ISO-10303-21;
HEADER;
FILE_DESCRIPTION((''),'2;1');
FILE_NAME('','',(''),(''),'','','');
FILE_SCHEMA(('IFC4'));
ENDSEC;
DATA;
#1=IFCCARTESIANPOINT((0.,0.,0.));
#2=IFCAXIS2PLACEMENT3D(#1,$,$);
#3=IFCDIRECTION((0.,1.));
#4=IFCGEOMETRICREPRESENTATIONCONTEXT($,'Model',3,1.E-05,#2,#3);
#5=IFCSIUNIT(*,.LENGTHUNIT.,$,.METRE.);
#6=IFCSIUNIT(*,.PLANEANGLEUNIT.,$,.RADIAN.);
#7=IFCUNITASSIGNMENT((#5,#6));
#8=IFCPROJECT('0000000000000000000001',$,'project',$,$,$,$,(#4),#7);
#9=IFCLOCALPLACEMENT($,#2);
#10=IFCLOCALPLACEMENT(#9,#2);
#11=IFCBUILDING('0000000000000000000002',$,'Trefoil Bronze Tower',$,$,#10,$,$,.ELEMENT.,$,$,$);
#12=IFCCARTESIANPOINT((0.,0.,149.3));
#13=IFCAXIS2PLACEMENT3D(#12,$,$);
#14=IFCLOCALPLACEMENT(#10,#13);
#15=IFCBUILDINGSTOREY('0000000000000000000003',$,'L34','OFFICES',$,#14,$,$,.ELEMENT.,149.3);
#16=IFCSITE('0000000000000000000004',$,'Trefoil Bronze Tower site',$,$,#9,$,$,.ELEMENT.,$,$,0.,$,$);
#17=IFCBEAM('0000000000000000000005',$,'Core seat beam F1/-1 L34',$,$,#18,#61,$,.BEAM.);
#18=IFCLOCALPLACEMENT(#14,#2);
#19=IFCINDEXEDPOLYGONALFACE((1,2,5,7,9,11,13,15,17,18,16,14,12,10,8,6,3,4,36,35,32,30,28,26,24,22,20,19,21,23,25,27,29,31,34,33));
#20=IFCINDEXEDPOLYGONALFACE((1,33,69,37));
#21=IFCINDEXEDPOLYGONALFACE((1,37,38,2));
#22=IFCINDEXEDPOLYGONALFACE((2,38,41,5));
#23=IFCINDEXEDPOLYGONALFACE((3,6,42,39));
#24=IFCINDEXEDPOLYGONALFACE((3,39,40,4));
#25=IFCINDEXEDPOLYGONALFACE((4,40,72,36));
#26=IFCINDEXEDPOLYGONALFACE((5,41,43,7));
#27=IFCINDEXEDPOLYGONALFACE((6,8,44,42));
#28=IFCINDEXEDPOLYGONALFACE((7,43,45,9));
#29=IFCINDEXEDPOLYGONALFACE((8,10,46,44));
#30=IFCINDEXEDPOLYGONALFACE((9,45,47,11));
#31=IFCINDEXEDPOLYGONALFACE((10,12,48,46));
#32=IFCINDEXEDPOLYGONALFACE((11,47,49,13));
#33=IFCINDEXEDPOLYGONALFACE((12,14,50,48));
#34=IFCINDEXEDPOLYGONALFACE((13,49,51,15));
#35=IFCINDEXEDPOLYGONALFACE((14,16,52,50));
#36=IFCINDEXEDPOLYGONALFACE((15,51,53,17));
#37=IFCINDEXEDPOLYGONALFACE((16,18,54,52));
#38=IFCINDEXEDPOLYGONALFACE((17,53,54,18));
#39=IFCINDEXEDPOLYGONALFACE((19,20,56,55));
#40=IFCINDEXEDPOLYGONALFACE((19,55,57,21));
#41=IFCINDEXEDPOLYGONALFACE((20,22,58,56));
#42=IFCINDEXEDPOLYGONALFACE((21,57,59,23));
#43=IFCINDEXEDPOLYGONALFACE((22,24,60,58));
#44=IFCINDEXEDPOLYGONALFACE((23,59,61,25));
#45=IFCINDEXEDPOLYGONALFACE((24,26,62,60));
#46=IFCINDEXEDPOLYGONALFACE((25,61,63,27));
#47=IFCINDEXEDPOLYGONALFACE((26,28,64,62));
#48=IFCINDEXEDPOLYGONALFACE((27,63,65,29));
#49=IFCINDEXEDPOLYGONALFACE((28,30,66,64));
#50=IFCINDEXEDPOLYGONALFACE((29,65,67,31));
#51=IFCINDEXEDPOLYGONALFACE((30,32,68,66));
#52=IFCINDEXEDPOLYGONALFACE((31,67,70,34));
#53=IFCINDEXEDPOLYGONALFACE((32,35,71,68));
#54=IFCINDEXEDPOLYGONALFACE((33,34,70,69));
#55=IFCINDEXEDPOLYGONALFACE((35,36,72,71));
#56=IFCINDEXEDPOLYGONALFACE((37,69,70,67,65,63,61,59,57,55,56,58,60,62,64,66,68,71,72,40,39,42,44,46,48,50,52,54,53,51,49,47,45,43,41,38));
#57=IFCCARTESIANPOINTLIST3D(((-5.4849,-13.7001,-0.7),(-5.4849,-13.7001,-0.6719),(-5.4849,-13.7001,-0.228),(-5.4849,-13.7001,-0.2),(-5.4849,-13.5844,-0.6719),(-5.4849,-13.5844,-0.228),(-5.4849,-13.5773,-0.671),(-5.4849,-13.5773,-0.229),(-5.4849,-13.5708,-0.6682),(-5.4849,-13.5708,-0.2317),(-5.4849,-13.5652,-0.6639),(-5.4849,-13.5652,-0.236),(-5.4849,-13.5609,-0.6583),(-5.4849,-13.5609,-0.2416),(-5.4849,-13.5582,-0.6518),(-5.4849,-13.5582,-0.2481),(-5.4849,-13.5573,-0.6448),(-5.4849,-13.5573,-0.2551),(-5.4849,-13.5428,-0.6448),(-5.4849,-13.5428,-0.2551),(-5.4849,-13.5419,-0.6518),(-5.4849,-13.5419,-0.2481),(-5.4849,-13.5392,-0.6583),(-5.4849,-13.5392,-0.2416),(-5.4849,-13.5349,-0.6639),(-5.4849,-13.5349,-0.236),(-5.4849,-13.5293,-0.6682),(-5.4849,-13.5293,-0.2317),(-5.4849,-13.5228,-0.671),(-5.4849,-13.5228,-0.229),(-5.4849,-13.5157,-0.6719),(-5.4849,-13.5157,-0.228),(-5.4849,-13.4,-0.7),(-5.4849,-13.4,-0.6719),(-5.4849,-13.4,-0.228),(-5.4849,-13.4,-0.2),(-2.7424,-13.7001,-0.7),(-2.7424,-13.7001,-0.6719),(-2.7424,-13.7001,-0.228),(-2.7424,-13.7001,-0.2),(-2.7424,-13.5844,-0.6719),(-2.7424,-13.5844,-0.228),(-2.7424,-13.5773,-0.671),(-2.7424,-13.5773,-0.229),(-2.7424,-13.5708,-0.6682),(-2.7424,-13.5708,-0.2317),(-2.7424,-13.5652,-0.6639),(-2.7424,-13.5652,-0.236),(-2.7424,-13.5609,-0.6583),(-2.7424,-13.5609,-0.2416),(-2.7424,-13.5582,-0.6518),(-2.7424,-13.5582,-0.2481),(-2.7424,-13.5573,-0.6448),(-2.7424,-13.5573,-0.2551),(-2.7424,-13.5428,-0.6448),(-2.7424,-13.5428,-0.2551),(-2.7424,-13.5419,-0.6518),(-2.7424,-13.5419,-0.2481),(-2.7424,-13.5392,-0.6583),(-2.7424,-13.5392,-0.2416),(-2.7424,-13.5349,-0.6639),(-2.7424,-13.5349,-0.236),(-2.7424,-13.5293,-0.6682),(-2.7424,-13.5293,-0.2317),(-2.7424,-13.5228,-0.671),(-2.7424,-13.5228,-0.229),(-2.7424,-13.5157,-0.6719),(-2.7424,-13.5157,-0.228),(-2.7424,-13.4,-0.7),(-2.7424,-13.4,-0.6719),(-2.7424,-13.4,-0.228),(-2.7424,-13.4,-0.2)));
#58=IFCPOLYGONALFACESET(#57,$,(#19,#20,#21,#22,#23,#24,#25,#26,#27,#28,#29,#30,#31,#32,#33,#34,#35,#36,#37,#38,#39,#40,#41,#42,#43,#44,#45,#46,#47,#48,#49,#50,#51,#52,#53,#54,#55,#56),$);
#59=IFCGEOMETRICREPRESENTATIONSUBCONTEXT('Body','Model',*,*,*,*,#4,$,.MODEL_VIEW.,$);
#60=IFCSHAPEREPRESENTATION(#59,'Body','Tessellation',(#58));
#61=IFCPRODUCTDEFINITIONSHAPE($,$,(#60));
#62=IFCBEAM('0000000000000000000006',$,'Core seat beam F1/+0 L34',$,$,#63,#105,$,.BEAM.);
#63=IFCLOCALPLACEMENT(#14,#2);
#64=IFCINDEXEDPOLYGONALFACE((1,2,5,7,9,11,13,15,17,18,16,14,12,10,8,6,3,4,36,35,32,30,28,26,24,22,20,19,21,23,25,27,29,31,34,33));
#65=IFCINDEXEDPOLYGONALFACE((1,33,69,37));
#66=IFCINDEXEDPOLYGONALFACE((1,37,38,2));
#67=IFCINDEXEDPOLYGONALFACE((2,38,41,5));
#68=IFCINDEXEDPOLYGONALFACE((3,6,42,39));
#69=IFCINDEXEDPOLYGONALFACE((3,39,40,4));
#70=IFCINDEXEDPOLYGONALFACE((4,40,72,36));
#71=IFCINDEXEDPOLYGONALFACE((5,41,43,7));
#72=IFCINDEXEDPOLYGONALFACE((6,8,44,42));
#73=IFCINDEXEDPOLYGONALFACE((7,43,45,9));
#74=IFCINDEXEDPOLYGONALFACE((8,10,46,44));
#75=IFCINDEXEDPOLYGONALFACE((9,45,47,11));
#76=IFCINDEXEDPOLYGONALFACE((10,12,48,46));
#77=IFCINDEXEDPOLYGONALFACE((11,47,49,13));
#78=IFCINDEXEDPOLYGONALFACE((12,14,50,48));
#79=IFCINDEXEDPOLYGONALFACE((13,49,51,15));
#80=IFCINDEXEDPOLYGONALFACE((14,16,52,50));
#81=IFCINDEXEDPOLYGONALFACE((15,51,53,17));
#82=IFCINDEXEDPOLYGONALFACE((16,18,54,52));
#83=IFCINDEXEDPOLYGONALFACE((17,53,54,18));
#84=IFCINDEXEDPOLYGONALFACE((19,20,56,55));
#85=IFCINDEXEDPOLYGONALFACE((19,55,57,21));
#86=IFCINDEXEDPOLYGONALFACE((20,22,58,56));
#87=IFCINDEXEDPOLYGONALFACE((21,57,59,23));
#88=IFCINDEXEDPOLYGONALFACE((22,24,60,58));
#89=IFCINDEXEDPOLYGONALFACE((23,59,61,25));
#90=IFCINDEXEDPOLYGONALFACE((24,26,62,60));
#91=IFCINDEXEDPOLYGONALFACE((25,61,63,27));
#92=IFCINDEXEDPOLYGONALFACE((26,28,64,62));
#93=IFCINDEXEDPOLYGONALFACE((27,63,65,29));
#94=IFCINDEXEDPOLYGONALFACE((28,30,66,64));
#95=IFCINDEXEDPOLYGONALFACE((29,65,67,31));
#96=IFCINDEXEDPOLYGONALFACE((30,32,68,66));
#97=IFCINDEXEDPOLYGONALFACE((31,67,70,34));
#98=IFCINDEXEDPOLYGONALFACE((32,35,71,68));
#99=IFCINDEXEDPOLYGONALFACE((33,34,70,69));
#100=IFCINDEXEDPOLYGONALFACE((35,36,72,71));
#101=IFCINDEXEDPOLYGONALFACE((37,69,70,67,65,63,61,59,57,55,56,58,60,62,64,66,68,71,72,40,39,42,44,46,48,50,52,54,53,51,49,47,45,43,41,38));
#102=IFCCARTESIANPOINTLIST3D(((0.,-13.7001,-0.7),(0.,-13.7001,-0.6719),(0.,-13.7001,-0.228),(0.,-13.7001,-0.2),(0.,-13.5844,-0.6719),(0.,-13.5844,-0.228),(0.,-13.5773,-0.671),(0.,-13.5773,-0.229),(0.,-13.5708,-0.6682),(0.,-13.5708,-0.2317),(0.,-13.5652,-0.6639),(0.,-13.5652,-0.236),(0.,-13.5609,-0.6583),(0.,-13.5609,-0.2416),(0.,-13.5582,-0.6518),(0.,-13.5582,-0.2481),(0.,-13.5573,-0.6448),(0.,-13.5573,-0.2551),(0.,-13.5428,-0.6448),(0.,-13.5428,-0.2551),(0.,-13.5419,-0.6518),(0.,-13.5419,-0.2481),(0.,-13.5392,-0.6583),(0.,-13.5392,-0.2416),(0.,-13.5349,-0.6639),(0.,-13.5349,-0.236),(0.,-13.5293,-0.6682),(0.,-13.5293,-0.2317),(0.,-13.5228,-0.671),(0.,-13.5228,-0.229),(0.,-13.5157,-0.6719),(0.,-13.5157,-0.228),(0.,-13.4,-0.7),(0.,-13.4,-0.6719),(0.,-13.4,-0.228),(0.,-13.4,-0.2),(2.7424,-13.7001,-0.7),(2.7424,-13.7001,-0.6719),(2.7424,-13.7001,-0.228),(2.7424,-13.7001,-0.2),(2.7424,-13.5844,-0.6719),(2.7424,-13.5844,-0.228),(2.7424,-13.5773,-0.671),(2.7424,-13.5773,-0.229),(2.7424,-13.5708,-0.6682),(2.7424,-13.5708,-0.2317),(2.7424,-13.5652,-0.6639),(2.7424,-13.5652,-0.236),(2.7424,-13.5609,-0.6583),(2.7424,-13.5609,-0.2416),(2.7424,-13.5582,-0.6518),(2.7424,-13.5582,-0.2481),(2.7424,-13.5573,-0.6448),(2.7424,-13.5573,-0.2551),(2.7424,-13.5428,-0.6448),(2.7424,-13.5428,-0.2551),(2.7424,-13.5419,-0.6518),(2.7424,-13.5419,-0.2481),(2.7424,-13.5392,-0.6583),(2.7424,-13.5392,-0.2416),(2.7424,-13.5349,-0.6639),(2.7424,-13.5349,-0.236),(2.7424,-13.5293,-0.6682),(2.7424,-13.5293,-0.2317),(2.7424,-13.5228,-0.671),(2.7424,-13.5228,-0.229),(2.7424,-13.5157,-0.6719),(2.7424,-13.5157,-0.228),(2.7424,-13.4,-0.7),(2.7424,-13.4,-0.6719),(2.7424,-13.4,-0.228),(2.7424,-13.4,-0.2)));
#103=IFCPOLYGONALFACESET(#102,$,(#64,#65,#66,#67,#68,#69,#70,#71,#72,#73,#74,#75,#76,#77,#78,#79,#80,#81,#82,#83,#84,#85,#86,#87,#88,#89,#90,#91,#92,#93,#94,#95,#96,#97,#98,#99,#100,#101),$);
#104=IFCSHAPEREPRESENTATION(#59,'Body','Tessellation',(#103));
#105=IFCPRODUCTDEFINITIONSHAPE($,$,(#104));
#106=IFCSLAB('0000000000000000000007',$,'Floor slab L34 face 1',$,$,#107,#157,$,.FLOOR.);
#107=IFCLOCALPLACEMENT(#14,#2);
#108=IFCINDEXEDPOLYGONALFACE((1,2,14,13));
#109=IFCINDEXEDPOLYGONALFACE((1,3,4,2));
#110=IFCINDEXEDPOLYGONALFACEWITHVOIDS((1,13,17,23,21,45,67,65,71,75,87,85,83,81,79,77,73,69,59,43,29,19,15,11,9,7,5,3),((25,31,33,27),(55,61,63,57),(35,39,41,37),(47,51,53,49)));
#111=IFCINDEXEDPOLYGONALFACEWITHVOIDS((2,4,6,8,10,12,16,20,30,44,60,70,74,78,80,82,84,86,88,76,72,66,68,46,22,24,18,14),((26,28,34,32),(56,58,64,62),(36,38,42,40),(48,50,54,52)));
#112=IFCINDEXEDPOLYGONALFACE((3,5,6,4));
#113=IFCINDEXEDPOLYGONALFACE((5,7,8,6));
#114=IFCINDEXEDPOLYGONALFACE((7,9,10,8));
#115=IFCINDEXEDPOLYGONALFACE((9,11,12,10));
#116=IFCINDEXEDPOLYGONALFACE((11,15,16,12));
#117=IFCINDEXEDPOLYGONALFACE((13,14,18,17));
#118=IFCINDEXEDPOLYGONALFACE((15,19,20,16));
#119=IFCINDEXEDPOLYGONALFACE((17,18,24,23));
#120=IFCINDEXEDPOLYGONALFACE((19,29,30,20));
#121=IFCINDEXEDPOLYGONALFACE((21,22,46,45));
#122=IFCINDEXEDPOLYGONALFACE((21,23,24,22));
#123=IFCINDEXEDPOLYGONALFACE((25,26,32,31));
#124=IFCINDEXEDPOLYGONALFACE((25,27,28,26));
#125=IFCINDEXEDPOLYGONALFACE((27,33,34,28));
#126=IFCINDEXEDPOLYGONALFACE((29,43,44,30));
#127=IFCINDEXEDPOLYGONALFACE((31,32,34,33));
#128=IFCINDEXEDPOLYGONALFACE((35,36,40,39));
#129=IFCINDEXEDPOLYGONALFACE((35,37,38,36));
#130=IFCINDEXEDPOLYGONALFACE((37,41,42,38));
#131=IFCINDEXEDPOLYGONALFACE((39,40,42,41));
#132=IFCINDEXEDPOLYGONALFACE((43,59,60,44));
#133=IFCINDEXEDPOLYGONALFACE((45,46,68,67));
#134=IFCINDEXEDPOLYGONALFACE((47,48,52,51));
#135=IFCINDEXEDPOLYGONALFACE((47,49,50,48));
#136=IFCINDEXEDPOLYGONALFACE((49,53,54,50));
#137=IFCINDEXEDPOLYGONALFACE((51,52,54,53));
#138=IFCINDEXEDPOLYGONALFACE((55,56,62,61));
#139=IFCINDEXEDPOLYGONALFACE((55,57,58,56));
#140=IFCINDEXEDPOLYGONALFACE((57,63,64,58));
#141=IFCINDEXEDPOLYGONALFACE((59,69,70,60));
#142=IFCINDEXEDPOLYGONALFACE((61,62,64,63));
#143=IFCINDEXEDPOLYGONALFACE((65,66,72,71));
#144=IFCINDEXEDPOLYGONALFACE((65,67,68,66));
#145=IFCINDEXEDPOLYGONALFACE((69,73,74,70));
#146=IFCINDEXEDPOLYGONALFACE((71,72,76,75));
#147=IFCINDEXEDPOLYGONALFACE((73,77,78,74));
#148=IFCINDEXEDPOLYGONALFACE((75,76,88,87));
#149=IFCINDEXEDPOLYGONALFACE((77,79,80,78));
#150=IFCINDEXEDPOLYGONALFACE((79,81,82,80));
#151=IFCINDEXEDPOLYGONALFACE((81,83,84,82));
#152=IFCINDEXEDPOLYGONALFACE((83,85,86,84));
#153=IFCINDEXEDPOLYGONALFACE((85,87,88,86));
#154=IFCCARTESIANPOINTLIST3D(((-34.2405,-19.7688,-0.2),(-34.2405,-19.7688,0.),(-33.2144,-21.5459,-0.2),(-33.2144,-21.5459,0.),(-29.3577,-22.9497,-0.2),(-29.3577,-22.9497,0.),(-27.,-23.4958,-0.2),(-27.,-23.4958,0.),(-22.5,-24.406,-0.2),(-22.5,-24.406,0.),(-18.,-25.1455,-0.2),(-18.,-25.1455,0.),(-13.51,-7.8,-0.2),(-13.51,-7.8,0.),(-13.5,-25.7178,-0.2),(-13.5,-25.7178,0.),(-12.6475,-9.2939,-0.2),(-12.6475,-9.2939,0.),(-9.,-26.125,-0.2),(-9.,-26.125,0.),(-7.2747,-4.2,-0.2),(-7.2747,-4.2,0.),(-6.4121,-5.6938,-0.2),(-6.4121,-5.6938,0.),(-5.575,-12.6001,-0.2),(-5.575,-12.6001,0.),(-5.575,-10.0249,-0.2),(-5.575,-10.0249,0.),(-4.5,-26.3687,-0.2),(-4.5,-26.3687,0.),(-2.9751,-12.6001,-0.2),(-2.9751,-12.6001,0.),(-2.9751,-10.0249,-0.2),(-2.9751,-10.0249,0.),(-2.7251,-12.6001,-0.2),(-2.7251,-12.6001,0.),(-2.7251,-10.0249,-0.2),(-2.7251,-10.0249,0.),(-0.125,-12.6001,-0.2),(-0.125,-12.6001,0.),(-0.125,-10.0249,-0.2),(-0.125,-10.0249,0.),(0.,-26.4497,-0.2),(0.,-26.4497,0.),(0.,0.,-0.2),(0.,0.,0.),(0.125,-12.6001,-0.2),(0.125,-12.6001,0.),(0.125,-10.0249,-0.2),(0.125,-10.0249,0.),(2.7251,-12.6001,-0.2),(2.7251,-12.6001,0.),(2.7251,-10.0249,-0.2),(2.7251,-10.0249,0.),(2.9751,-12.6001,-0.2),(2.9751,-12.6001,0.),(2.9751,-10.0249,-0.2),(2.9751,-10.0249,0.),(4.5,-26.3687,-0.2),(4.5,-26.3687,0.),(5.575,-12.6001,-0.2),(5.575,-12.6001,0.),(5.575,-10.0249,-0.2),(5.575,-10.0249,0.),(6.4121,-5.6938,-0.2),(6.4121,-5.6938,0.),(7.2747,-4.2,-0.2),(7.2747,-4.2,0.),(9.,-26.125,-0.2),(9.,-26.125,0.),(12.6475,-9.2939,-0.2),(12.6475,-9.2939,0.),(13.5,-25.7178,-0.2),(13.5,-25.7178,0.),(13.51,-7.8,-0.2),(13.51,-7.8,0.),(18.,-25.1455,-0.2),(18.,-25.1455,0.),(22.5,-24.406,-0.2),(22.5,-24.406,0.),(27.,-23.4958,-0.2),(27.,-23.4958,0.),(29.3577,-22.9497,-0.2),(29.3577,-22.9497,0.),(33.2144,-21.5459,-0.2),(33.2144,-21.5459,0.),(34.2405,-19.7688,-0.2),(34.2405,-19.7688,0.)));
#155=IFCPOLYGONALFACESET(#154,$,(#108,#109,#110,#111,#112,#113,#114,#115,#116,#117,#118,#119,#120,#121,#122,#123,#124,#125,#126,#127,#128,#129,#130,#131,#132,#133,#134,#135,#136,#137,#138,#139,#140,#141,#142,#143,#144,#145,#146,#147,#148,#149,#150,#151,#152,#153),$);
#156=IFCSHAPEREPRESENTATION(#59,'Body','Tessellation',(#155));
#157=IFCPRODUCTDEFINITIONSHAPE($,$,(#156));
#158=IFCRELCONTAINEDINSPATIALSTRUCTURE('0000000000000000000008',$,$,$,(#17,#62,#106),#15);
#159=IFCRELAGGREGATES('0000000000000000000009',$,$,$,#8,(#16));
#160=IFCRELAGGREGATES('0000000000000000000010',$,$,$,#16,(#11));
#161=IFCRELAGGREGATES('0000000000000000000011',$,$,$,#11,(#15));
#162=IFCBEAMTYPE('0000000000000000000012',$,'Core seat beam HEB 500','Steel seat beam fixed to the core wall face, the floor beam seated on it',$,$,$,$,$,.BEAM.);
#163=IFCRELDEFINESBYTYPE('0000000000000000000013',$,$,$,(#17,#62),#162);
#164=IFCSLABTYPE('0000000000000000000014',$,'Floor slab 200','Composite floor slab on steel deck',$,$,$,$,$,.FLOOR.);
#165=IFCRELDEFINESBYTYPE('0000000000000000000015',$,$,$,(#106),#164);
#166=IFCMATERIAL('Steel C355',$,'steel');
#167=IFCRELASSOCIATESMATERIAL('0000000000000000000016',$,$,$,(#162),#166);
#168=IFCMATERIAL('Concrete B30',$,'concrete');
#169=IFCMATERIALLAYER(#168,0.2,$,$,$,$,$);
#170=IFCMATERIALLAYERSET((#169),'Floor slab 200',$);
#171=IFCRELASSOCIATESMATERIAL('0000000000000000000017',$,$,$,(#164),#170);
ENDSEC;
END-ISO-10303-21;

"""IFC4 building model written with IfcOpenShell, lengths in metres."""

from ifc_helpers import new_model, si_unit, direction, frame, origin, origin_2d, place, context, subcontext, project, spatial, polyline, i_section, outline, extrude, material, layer, layer_set, material_profile, profile_set, type_object, element, save


model = new_model("IFC4")

# Units and contexts
model_context = context("Model", 3, precision=1e-05, world=origin(), true_north=direction((0.0, 1.0)))
body_context = subcontext(model_context, "Body", "Model", "MODEL_VIEW")
ifc_project = project(units=[si_unit("LENGTHUNIT", "METRE"), si_unit("PLANEANGLEUNIT", "RADIAN")], contexts=[model_context])

# Site, building, storey
site_placement = place(None, origin())
site = spatial("IfcSite", under=ifc_project, at=site_placement, Name="Trefoil Bronze Tower site", CompositionType="ELEMENT", RefElevation=0.0)
building_placement = place(site_placement, origin())
building = spatial("IfcBuilding", under=site, at=building_placement, Name="Trefoil Bronze Tower", CompositionType="ELEMENT")
storey_placement = place(building_placement, frame((0.0, 0.0, 149.3)))
storey = spatial("IfcBuildingStorey", under=building, at=storey_placement, Name="L34", Description="OFFICES", CompositionType="ELEMENT", Elevation=149.3)

# Beams
ifc_material_1 = material(Name="Steel C355", Category="steel")
ifc_material_profile = material_profile(ifc_material_1, i_section(OverallWidth=0.3, OverallDepth=0.5, WebThickness=0.0144, FlangeThickness=0.0281, FilletRadius=0.0271, at=origin_2d()), Name="HEB 500")
ifc_profile_set = profile_set([ifc_material_profile], Name="Steel C355")
beam_type = type_object("IfcBeamType", Name="Core seat beam HEB 500", Description="Steel seat beam fixed to the core wall face, the floor beam seated on it", PredefinedType="BEAM", material=ifc_profile_set)
for number, where, z_axis, x_axis, name in (
    (1, (-5.4849, -13.55, -0.45), (1.0, 0.0, 0.0), (0.0, 1.0, 0.0), "Core seat beam F1/-1 L34"),
    (2, (0.0, -13.55, -0.45), (1.0, 0.0, 0.0), (0.0, 1.0, 0.0), "Core seat beam F1/+0 L34"),
):
    element("IfcBeam", number, at=place(storey_placement, frame(where, z_axis=z_axis, x_axis=x_axis)), inside=storey, type_object=beam_type, Name=name, PredefinedType="BEAM", context=body_context, shape_type="SweptSolid", body=[
        extrude(i_section(OverallWidth=0.3, OverallDepth=0.5, WebThickness=0.0144, FlangeThickness=0.0281, FilletRadius=0.0271, at=origin_2d()), origin(), (0.0, 0.0, 1.0), 2.7424),
    ])

# Slab
ifc_material_2 = material(Name="Concrete B30", Category="concrete")
ifc_layer_1 = layer(ifc_material_2, 0.2)
ifc_layer_set_1 = layer_set([ifc_layer_1], Name="Floor slab 200")
slab_type = type_object("IfcSlabType", Name="Floor slab 200", Description="Composite floor slab on steel deck", PredefinedType="FLOOR", material=ifc_layer_set_1)
slab_1_placement = place(storey_placement, frame((0.0, 0.0, -0.2)))
element("IfcSlab", 3, at=slab_1_placement, inside=storey, type_object=slab_type, Name="Floor slab L34 face 1", PredefinedType="FLOOR", context=body_context, shape_type="SweptSolid", body=[
    extrude(outline(polyline([(22.5, -24.406), (18.0, -25.1455), (13.5, -25.7178), (9.0, -26.125), (4.5, -26.3687), (0.0, -26.4497), (-4.5, -26.3687), (-9.0, -26.125), (-13.5, -25.7178), (-18.0, -25.1455), (-22.5, -24.406), (-27.0, -23.4958), (-29.3577, -22.9497), (-33.2144, -21.5459), (-34.2405, -19.7688), (-13.51, -7.8), (-12.6475, -9.2939), (-6.4121, -5.6938), (-7.2747, -4.2), (0.0, 0.0), (7.2747, -4.2), (6.4121, -5.6938), (12.6475, -9.2939), (13.51, -7.8), (34.2405, -19.7688), (33.2144, -21.5459), (29.3577, -22.9497), (27.0, -23.4958), (22.5, -24.406)]), holes=[polyline([(-5.575, -10.0249), (-2.9751, -10.0249), (-2.9751, -12.6001), (-5.575, -12.6001), (-5.575, -10.0249)]), polyline([(-2.7251, -10.0249), (-0.125, -10.0249), (-0.125, -12.6001), (-2.7251, -12.6001), (-2.7251, -10.0249)]), polyline([(0.125, -10.0249), (2.7251, -10.0249), (2.7251, -12.6001), (0.125, -12.6001), (0.125, -10.0249)]), polyline([(2.9751, -10.0249), (5.575, -10.0249), (5.575, -12.6001), (2.9751, -12.6001), (2.9751, -10.0249)])]), origin(), (0.0, 0.0, 1.0), 0.2),
])

save(model, "model.ifc")
